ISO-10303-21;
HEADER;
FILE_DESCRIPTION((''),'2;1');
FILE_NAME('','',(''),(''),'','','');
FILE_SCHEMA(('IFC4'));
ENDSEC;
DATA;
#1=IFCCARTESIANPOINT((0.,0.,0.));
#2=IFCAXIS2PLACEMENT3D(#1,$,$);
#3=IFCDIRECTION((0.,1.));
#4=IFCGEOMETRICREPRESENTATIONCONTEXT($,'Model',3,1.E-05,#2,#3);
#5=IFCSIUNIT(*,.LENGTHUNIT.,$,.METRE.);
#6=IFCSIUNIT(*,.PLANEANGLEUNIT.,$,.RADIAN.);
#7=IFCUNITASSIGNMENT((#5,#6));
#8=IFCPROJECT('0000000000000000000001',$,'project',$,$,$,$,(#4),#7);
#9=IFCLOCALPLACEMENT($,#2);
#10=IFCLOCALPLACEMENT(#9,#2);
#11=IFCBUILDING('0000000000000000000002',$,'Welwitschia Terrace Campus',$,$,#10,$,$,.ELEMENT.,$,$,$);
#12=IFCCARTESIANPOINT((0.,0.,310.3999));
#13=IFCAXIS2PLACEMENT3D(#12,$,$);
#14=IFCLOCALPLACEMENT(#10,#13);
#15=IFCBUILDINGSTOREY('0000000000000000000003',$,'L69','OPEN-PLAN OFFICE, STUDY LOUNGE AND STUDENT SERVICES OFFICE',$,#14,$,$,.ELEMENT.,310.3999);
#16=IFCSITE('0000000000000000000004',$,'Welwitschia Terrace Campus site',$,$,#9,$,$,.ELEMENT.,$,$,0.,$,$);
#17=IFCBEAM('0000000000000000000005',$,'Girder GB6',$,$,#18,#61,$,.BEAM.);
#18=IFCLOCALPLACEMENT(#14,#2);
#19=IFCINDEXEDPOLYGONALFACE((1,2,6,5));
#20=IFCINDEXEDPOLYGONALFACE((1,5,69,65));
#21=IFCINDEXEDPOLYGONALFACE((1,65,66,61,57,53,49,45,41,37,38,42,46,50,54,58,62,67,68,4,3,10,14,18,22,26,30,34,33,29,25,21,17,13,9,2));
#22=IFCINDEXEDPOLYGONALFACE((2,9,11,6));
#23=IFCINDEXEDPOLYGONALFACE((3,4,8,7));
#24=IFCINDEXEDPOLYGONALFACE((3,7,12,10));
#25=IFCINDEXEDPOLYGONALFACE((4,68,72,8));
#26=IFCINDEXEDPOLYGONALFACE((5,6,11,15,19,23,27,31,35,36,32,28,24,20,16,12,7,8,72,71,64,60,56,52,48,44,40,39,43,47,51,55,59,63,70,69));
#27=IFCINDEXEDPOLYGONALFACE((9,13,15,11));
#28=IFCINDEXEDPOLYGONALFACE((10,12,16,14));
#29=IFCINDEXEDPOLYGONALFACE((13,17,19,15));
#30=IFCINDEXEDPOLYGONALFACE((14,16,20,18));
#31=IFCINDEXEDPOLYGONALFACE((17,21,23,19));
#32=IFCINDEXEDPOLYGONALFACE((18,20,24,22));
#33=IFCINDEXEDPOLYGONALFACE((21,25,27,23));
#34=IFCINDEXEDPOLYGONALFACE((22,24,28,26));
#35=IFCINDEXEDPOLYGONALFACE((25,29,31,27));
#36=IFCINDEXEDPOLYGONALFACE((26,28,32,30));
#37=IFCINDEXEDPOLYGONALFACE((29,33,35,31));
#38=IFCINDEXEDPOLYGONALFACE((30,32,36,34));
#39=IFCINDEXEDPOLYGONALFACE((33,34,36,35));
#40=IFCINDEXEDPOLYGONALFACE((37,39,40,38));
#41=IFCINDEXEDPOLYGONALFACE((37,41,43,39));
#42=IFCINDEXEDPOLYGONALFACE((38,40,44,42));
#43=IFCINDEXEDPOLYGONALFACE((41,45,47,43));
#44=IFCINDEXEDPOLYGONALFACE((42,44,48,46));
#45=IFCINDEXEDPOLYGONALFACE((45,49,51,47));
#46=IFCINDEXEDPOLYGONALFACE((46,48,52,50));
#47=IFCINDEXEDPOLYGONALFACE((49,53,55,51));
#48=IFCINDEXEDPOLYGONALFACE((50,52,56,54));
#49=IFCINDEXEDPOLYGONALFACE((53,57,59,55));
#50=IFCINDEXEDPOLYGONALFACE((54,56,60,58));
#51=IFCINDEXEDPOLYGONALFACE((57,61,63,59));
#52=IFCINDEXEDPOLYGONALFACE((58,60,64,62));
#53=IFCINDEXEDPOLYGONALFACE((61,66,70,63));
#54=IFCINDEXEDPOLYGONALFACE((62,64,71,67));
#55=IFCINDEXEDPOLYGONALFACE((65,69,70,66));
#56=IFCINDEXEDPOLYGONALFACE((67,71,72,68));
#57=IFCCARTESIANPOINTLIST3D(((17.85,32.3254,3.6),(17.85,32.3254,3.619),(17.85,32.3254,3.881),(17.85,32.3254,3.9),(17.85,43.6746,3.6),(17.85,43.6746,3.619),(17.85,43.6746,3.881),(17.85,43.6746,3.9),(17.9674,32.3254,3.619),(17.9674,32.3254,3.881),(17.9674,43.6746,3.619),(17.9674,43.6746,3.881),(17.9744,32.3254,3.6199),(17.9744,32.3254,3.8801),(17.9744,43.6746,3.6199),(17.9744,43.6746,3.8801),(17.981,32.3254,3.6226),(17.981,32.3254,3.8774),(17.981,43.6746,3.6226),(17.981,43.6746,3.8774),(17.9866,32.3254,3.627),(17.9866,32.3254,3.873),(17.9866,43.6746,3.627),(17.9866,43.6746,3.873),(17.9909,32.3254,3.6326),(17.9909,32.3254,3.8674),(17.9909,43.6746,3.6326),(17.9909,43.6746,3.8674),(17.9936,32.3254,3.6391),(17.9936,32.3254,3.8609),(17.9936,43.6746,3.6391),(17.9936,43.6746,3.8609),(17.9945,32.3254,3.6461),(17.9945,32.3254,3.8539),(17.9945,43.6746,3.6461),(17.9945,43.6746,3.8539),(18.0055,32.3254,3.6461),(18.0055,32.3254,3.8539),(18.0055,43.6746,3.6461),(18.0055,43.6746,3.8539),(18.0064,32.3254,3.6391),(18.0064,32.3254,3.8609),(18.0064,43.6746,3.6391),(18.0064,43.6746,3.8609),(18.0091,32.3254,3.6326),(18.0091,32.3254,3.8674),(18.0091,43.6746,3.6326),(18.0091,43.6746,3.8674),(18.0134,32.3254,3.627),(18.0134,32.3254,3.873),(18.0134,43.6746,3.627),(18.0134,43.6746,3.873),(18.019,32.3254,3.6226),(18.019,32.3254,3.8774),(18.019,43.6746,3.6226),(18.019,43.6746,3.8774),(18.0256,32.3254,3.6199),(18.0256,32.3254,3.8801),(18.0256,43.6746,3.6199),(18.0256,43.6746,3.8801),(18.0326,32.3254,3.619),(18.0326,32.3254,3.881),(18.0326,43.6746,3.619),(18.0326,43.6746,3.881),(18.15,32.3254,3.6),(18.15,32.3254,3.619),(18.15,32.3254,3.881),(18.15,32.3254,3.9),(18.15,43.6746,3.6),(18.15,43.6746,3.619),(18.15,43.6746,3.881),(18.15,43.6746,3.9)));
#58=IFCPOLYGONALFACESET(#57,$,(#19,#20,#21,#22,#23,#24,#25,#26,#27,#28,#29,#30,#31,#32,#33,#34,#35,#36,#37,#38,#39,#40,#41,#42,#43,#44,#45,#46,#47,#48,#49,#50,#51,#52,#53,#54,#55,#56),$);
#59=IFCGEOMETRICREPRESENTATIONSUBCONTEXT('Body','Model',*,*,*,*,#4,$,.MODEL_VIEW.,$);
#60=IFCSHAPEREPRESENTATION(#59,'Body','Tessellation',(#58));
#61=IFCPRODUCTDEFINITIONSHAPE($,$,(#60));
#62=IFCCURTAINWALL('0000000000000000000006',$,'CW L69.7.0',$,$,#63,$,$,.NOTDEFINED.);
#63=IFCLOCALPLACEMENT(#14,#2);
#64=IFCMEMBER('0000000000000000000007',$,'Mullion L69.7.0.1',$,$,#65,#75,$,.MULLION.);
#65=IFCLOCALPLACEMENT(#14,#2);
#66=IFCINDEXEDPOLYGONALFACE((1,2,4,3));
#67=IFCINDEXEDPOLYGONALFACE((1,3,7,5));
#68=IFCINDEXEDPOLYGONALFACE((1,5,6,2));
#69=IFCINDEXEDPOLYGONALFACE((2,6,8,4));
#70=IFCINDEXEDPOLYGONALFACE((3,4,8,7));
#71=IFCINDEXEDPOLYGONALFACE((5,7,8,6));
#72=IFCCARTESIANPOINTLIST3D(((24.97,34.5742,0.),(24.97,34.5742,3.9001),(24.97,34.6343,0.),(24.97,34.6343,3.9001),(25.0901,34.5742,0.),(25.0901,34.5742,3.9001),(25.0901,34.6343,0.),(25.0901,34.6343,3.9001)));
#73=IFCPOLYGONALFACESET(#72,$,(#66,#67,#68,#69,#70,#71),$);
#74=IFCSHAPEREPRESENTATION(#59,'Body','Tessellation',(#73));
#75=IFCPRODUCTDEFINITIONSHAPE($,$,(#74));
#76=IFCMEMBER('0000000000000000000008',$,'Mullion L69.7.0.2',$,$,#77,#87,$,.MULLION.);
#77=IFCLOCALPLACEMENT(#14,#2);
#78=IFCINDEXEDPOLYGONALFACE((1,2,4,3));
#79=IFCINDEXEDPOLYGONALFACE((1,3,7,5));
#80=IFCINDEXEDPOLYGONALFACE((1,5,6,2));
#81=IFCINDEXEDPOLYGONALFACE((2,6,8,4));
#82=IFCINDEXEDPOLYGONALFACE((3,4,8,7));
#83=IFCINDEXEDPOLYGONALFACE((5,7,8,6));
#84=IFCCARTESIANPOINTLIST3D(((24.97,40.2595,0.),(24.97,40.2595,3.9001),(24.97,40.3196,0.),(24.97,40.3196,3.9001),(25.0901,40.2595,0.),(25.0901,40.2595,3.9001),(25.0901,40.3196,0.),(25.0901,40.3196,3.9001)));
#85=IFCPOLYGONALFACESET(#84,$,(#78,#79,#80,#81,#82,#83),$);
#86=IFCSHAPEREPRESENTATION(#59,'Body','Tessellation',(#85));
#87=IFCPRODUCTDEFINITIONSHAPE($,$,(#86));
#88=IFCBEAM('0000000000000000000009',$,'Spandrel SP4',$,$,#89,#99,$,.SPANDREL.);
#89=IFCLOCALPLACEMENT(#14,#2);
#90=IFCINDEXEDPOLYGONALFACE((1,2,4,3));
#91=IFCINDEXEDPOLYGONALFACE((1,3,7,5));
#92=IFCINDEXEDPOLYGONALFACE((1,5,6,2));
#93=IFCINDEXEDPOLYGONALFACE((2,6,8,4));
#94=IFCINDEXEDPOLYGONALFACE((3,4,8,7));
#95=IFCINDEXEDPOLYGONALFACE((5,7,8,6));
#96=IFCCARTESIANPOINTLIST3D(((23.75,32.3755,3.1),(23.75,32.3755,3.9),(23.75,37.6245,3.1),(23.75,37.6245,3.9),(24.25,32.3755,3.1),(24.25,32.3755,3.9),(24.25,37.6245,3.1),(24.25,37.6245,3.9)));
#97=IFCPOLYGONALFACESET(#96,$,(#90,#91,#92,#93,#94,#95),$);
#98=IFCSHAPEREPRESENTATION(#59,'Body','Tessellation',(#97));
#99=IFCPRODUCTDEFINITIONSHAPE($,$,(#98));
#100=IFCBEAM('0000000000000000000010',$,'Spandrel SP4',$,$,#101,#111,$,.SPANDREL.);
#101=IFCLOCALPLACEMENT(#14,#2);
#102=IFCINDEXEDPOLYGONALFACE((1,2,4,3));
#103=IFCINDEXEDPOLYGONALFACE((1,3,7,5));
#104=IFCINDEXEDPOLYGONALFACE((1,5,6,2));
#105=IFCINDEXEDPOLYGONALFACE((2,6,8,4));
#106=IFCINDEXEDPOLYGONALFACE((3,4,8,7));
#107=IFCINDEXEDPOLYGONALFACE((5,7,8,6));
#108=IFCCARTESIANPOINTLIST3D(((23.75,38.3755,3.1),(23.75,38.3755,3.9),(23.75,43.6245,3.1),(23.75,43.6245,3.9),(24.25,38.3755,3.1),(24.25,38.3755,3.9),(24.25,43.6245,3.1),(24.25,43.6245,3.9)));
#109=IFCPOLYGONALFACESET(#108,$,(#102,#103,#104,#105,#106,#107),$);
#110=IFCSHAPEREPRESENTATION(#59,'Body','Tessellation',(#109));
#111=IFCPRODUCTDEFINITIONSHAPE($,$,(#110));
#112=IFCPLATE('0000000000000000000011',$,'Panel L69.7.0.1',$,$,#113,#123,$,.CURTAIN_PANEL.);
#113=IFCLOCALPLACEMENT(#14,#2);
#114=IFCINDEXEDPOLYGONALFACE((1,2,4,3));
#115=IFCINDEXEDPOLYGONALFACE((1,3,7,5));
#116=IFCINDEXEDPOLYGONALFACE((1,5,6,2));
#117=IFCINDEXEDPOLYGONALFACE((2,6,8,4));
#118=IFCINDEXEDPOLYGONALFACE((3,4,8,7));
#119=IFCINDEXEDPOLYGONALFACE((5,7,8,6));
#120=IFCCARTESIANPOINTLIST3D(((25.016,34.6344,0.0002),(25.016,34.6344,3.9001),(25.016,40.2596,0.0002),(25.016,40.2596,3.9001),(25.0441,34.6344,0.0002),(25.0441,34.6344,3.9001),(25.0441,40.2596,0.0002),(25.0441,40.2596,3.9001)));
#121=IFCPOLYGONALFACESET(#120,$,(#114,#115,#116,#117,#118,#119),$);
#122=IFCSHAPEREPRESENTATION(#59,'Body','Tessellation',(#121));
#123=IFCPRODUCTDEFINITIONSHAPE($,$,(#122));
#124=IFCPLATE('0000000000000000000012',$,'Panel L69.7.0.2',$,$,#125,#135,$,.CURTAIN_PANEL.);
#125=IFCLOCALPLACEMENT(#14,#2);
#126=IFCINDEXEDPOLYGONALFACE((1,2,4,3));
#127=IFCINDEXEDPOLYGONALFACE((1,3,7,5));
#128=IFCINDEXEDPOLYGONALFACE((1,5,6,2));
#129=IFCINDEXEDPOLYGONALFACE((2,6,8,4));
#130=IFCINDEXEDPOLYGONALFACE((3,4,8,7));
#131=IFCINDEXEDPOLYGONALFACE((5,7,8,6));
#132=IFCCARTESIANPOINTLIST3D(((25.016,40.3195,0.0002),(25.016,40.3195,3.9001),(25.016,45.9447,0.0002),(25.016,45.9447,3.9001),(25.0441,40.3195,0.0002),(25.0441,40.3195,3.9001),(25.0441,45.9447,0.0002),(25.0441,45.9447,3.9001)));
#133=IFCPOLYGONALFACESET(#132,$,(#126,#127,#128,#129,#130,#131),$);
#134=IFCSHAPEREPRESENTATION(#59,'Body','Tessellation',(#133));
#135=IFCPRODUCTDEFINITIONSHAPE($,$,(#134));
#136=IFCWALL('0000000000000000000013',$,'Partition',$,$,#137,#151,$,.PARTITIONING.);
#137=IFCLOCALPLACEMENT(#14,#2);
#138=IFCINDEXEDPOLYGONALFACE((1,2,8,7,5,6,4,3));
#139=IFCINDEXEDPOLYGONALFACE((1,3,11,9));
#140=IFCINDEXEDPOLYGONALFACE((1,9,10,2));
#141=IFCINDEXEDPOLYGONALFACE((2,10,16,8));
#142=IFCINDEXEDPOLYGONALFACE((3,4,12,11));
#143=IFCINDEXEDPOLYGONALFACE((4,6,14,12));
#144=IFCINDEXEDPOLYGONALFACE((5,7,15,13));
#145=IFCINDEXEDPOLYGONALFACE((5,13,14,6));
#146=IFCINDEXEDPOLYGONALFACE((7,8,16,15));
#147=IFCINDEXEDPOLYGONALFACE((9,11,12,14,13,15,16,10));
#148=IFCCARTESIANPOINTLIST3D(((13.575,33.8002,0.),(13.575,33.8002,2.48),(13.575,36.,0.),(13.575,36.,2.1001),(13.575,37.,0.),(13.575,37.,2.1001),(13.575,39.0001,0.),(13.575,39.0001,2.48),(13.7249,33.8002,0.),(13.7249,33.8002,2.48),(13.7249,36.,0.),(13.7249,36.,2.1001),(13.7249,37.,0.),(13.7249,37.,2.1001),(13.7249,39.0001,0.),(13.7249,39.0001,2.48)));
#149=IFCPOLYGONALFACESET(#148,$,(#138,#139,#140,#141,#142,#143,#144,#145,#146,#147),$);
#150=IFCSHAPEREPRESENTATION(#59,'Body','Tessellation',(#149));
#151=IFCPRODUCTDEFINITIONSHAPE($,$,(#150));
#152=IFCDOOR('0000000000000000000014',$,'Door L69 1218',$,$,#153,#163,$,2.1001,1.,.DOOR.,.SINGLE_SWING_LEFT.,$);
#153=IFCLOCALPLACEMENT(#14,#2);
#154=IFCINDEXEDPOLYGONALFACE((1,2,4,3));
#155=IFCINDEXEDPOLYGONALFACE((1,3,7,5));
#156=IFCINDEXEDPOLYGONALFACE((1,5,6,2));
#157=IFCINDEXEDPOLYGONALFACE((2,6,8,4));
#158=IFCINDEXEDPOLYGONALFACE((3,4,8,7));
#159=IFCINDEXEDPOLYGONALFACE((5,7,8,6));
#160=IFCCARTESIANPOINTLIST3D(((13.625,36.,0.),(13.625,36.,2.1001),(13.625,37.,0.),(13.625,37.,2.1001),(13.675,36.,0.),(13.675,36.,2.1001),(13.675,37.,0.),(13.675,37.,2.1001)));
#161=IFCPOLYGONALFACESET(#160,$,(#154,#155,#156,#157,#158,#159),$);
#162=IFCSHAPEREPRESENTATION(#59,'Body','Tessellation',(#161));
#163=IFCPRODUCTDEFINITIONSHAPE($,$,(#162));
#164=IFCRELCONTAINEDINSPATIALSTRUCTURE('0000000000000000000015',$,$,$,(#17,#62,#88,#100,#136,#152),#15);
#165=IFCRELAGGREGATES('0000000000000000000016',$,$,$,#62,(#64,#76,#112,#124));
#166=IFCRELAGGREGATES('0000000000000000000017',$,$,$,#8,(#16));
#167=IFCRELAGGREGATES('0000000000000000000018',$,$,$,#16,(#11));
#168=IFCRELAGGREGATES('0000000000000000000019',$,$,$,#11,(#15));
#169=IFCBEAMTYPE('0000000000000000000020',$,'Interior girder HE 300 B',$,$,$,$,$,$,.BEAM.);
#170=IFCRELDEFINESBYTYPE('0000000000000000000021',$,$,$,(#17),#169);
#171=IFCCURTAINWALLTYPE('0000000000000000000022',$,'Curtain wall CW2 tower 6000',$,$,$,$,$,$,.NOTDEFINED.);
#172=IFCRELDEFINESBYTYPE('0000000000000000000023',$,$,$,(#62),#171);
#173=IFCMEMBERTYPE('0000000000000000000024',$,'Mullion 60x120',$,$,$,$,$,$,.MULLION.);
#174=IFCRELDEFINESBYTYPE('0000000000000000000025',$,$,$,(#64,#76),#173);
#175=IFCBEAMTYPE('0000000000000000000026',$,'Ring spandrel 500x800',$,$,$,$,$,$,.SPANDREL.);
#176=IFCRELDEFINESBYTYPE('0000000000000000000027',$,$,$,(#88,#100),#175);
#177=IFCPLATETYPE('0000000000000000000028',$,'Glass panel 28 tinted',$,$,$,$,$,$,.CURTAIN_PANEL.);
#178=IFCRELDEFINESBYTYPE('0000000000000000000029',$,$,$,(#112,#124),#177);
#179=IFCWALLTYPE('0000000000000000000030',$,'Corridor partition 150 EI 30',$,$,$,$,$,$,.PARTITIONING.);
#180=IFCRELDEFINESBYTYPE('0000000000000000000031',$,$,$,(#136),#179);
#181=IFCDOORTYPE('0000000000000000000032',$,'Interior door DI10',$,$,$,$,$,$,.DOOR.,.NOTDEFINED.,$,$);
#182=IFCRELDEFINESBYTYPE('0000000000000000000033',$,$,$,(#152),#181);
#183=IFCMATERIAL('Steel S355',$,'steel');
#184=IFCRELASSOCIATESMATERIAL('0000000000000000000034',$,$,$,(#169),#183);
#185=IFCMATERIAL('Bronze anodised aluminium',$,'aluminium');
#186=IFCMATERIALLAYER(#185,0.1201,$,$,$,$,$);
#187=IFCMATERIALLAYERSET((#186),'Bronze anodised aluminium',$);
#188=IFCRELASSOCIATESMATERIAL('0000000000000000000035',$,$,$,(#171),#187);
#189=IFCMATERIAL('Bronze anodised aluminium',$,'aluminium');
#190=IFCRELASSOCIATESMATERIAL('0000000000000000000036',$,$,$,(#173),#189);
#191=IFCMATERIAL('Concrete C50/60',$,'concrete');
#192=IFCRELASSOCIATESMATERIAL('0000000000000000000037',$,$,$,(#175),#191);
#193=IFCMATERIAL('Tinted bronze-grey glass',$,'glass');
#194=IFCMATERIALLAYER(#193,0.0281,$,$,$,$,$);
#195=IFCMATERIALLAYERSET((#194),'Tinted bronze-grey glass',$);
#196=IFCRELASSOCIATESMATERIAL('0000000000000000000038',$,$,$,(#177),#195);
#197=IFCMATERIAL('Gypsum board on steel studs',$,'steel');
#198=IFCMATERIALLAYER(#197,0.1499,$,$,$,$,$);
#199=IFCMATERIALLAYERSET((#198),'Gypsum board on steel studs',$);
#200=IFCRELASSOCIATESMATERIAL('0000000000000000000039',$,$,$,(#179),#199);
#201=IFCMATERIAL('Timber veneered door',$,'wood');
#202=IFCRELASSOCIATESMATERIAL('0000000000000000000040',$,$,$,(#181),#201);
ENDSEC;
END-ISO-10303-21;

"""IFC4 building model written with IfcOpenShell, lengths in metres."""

from ifc_helpers import new_model, si_unit, direction, frame, frame_2d, origin, origin_2d, place, context, subcontext, project, spatial, rectangle, i_section, extrude, material, layer, layer_set, material_profile, profile_set, type_object, element, fill, aggregate, save


model = new_model("IFC4")

# Units and contexts
model_context = context("Model", 3, precision=1e-05, world=origin(), true_north=direction((0.0, 1.0)))
body_context = subcontext(model_context, "Body", "Model", "MODEL_VIEW")
ifc_project = project(units=[si_unit("LENGTHUNIT", "METRE"), si_unit("PLANEANGLEUNIT", "RADIAN")], contexts=[model_context])

# Site, building, storey
site_placement = place(None, origin())
site = spatial("IfcSite", under=ifc_project, at=site_placement, Name="Welwitschia Terrace Campus site", CompositionType="ELEMENT", RefElevation=0.0)
building_placement = place(site_placement, origin())
building = spatial("IfcBuilding", under=site, at=building_placement, Name="Welwitschia Terrace Campus", CompositionType="ELEMENT")
storey_placement = place(building_placement, frame((0.0, 0.0, 310.3999)))
storey = spatial("IfcBuildingStorey", under=building, at=storey_placement, Name="L69", Description="OPEN-PLAN OFFICE, STUDY LOUNGE AND STUDENT SERVICES OFFICE", CompositionType="ELEMENT", Elevation=310.3999)

# Beam
ifc_material_1 = material(Name="Steel S355", Category="steel")
ifc_material_profile_1 = material_profile(ifc_material_1, i_section(OverallWidth=0.3, OverallDepth=0.3, WebThickness=0.011, FlangeThickness=0.019, FilletRadius=0.0271, at=origin_2d()))
ifc_profile_set_1 = profile_set([ifc_material_profile_1], Name="Steel S355")
beam_type_1 = type_object("IfcBeamType", Name="Interior girder HE 300 B", PredefinedType="BEAM", material=ifc_profile_set_1)
beam_1_placement = place(storey_placement, frame((18.0, 32.3254, 3.75), z_axis=(0.0, 1.0, 0.0), x_axis=(-1.0, 0.0, 0.0)))
element("IfcBeam", 1, at=beam_1_placement, inside=storey, type_object=beam_type_1, Name="Girder GB6", PredefinedType="BEAM", context=body_context, shape_type="SweptSolid", body=[
    extrude(i_section(OverallWidth=0.3, OverallDepth=0.3, WebThickness=0.011, FlangeThickness=0.019, FilletRadius=0.0271, at=origin_2d()), origin(), (0.0, 0.0, 1.0), 11.3491),
])

# Curtain wall, members
ifc_material_2 = material(Name="Bronze anodised aluminium", Category="aluminium")
ifc_layer_1 = layer(ifc_material_2, 0.1201)
ifc_layer_set_1 = layer_set([ifc_layer_1], Name="Bronze anodised aluminium")
curtain_wall_type = type_object("IfcCurtainWallType", Name="Curtain wall CW2 tower 6000", PredefinedType="NOTDEFINED", material=ifc_layer_set_1)
curtain_wall_placement = place(storey_placement, origin())
curtain_wall = element("IfcCurtainWall", 2, at=curtain_wall_placement, inside=storey, type_object=curtain_wall_type, Name="CW L69.7.0", PredefinedType="NOTDEFINED")
ifc_material_3 = material(Name="Bronze anodised aluminium", Category="aluminium")
ifc_material_profile_2 = material_profile(ifc_material_3, rectangle(XDim=0.1201, YDim=0.0601, at=origin_2d()))
ifc_profile_set_2 = profile_set([ifc_material_profile_2], Name="Bronze anodised aluminium")
member_type = type_object("IfcMemberType", Name="Mullion 60x120", PredefinedType="MULLION", material=ifc_profile_set_2)
member_1_placement = place(storey_placement, frame((25.03, 34.6042, 0.0), z_axis=(0.0, 0.0, 1.0), x_axis=(-1.0, 0.0, 0.0)))
member_1 = element("IfcMember", 3, at=member_1_placement, type_object=member_type, Name="Mullion L69.7.0.1", PredefinedType="MULLION", context=body_context, shape_type="SweptSolid", body=[
    extrude(rectangle(XDim=0.1201, YDim=0.0601, at=origin_2d()), origin(), (0.0, 0.0, 1.0), 3.9001),
])
member_2_placement = place(storey_placement, frame((25.03, 40.2896, 0.0), z_axis=(0.0, 0.0, 1.0), x_axis=(-1.0, 0.0, 0.0)))
member_2 = element("IfcMember", 4, at=member_2_placement, type_object=member_type, Name="Mullion L69.7.0.2", PredefinedType="MULLION", context=body_context, shape_type="SweptSolid", body=[
    extrude(rectangle(XDim=0.1201, YDim=0.0601, at=origin_2d()), origin(), (0.0, 0.0, 1.0), 3.9001),
])

# Beams
ifc_material_4 = material(Name="Concrete C50/60", Category="concrete")
ifc_material_profile_3 = material_profile(ifc_material_4, rectangle(XDim=0.5, YDim=0.8, at=origin_2d()))
ifc_profile_set_3 = profile_set([ifc_material_profile_3], Name="Concrete C50/60")
beam_type_2 = type_object("IfcBeamType", Name="Ring spandrel 500x800", PredefinedType="SPANDREL", material=ifc_profile_set_3)
for number, where, z_axis, x_axis, name in (
    (5, (24.0, 32.3755, 3.5), (0.0, 1.0, 0.0), (-1.0, 0.0, 0.0), "Spandrel SP4"),
    (6, (24.0, 38.3755, 3.5), (0.0, 1.0, 0.0), (-1.0, 0.0, 0.0), "Spandrel SP4"),
):
    element("IfcBeam", number, at=place(storey_placement, frame(where, z_axis=z_axis, x_axis=x_axis)), inside=storey, type_object=beam_type_2, Name=name, PredefinedType="SPANDREL", context=body_context, shape_type="SweptSolid", body=[
        extrude(rectangle(XDim=0.5, YDim=0.8, at=origin_2d()), origin(), (0.0, 0.0, 1.0), 5.249),
    ])

# Plates
ifc_material_5 = material(Name="Tinted bronze-grey glass", Category="glass")
ifc_layer_2 = layer(ifc_material_5, 0.0281)
ifc_layer_set_2 = layer_set([ifc_layer_2], Name="Tinted bronze-grey glass")
plate_type = type_object("IfcPlateType", Name="Glass panel 28 tinted", PredefinedType="CURTAIN_PANEL", material=ifc_layer_set_2)
plate_1_placement = place(storey_placement, frame((25.03, 37.447, 0.0002), z_axis=(0.0, 0.0, 1.0), x_axis=(0.0, 1.0, 0.0)))
plate_1 = element("IfcPlate", 7, at=plate_1_placement, type_object=plate_type, Name="Panel L69.7.0.1", PredefinedType="CURTAIN_PANEL", context=body_context, shape_type="SweptSolid", body=[
    extrude(rectangle(XDim=5.6252, YDim=0.0281, at=origin_2d()), origin(), (0.0, 0.0, 1.0), 3.8999),
])
plate_2_placement = place(storey_placement, frame((25.03, 43.1321, 0.0002), z_axis=(0.0, 0.0, 1.0), x_axis=(0.0, 1.0, 0.0)))
plate_2 = element("IfcPlate", 8, at=plate_2_placement, type_object=plate_type, Name="Panel L69.7.0.2", PredefinedType="CURTAIN_PANEL", context=body_context, shape_type="SweptSolid", body=[
    extrude(rectangle(XDim=5.6252, YDim=0.0281, at=origin_2d()), origin(), (0.0, 0.0, 1.0), 3.8999),
])
aggregate(curtain_wall, [member_1, member_2, plate_1, plate_2])

# Wall, opening, door
ifc_material_6 = material(Name="Gypsum board on steel studs", Category="steel")
ifc_layer_3 = layer(ifc_material_6, 0.1499)
ifc_layer_set_3 = layer_set([ifc_layer_3], Name="Gypsum board on steel studs")
wall_type = type_object("IfcWallType", Name="Corridor partition 150 EI 30", PredefinedType="PARTITIONING", material=ifc_layer_set_3)
wall_1_placement = place(storey_placement, frame((13.6499, 33.8, 0.0), z_axis=(0.0, 0.0, 1.0), x_axis=(0.0, 1.0, 0.0)))
wall_1 = element("IfcWall", 9, at=wall_1_placement, inside=storey, type_object=wall_type, Name="Partition", PredefinedType="PARTITIONING", context=body_context, shape_type="SweptSolid", body=[
    extrude(rectangle(XDim=5.2, YDim=0.1499, at=frame_2d((2.6001, 0.0))), origin(), (0.0, 0.0, 1.0), 2.48),
])
opening_1_placement = place(wall_1_placement, frame((2.2, 0.0, 0.0)))
opening_1 = element("IfcOpeningElement", 10, at=opening_1_placement, cuts=wall_1, PredefinedType="OPENING", context=body_context, shape_type="SweptSolid", body=[
    extrude(rectangle(XDim=1.0, YDim=2.1001, at=frame_2d((0.5, 1.05))), frame((0.0, 0.085, 0.0), z_axis=(0.0, -1.0, 0.0), x_axis=(1.0, 0.0, 0.0)), (0.0, 0.0, 1.0), 0.1699),
])
ifc_material_7 = material(Name="Timber veneered door", Category="wood")
door_type_1 = type_object("IfcDoorType", Name="Interior door DI10", OperationType="NOTDEFINED", PredefinedType="DOOR", material=ifc_material_7)
door_1_placement = place(opening_1_placement, origin())
door_1 = element("IfcDoor", 11, at=door_1_placement, inside=storey, type_object=door_type_1, Name="Door L69 1218", OperationType="SINGLE_SWING_LEFT", OverallHeight=2.1001, OverallWidth=1.0, PredefinedType="DOOR", context=body_context, shape_type="SweptSolid", body=[
    extrude(rectangle(XDim=1.0, YDim=2.1001, at=frame_2d((0.5, 1.05))), frame((0.0, 0.0249, 0.0), z_axis=(0.0, -1.0, 0.0), x_axis=(1.0, 0.0, 0.0)), (0.0, 0.0, 1.0), 0.05),
])
fill(opening_1, door_1)

save(model, "model.ifc")
